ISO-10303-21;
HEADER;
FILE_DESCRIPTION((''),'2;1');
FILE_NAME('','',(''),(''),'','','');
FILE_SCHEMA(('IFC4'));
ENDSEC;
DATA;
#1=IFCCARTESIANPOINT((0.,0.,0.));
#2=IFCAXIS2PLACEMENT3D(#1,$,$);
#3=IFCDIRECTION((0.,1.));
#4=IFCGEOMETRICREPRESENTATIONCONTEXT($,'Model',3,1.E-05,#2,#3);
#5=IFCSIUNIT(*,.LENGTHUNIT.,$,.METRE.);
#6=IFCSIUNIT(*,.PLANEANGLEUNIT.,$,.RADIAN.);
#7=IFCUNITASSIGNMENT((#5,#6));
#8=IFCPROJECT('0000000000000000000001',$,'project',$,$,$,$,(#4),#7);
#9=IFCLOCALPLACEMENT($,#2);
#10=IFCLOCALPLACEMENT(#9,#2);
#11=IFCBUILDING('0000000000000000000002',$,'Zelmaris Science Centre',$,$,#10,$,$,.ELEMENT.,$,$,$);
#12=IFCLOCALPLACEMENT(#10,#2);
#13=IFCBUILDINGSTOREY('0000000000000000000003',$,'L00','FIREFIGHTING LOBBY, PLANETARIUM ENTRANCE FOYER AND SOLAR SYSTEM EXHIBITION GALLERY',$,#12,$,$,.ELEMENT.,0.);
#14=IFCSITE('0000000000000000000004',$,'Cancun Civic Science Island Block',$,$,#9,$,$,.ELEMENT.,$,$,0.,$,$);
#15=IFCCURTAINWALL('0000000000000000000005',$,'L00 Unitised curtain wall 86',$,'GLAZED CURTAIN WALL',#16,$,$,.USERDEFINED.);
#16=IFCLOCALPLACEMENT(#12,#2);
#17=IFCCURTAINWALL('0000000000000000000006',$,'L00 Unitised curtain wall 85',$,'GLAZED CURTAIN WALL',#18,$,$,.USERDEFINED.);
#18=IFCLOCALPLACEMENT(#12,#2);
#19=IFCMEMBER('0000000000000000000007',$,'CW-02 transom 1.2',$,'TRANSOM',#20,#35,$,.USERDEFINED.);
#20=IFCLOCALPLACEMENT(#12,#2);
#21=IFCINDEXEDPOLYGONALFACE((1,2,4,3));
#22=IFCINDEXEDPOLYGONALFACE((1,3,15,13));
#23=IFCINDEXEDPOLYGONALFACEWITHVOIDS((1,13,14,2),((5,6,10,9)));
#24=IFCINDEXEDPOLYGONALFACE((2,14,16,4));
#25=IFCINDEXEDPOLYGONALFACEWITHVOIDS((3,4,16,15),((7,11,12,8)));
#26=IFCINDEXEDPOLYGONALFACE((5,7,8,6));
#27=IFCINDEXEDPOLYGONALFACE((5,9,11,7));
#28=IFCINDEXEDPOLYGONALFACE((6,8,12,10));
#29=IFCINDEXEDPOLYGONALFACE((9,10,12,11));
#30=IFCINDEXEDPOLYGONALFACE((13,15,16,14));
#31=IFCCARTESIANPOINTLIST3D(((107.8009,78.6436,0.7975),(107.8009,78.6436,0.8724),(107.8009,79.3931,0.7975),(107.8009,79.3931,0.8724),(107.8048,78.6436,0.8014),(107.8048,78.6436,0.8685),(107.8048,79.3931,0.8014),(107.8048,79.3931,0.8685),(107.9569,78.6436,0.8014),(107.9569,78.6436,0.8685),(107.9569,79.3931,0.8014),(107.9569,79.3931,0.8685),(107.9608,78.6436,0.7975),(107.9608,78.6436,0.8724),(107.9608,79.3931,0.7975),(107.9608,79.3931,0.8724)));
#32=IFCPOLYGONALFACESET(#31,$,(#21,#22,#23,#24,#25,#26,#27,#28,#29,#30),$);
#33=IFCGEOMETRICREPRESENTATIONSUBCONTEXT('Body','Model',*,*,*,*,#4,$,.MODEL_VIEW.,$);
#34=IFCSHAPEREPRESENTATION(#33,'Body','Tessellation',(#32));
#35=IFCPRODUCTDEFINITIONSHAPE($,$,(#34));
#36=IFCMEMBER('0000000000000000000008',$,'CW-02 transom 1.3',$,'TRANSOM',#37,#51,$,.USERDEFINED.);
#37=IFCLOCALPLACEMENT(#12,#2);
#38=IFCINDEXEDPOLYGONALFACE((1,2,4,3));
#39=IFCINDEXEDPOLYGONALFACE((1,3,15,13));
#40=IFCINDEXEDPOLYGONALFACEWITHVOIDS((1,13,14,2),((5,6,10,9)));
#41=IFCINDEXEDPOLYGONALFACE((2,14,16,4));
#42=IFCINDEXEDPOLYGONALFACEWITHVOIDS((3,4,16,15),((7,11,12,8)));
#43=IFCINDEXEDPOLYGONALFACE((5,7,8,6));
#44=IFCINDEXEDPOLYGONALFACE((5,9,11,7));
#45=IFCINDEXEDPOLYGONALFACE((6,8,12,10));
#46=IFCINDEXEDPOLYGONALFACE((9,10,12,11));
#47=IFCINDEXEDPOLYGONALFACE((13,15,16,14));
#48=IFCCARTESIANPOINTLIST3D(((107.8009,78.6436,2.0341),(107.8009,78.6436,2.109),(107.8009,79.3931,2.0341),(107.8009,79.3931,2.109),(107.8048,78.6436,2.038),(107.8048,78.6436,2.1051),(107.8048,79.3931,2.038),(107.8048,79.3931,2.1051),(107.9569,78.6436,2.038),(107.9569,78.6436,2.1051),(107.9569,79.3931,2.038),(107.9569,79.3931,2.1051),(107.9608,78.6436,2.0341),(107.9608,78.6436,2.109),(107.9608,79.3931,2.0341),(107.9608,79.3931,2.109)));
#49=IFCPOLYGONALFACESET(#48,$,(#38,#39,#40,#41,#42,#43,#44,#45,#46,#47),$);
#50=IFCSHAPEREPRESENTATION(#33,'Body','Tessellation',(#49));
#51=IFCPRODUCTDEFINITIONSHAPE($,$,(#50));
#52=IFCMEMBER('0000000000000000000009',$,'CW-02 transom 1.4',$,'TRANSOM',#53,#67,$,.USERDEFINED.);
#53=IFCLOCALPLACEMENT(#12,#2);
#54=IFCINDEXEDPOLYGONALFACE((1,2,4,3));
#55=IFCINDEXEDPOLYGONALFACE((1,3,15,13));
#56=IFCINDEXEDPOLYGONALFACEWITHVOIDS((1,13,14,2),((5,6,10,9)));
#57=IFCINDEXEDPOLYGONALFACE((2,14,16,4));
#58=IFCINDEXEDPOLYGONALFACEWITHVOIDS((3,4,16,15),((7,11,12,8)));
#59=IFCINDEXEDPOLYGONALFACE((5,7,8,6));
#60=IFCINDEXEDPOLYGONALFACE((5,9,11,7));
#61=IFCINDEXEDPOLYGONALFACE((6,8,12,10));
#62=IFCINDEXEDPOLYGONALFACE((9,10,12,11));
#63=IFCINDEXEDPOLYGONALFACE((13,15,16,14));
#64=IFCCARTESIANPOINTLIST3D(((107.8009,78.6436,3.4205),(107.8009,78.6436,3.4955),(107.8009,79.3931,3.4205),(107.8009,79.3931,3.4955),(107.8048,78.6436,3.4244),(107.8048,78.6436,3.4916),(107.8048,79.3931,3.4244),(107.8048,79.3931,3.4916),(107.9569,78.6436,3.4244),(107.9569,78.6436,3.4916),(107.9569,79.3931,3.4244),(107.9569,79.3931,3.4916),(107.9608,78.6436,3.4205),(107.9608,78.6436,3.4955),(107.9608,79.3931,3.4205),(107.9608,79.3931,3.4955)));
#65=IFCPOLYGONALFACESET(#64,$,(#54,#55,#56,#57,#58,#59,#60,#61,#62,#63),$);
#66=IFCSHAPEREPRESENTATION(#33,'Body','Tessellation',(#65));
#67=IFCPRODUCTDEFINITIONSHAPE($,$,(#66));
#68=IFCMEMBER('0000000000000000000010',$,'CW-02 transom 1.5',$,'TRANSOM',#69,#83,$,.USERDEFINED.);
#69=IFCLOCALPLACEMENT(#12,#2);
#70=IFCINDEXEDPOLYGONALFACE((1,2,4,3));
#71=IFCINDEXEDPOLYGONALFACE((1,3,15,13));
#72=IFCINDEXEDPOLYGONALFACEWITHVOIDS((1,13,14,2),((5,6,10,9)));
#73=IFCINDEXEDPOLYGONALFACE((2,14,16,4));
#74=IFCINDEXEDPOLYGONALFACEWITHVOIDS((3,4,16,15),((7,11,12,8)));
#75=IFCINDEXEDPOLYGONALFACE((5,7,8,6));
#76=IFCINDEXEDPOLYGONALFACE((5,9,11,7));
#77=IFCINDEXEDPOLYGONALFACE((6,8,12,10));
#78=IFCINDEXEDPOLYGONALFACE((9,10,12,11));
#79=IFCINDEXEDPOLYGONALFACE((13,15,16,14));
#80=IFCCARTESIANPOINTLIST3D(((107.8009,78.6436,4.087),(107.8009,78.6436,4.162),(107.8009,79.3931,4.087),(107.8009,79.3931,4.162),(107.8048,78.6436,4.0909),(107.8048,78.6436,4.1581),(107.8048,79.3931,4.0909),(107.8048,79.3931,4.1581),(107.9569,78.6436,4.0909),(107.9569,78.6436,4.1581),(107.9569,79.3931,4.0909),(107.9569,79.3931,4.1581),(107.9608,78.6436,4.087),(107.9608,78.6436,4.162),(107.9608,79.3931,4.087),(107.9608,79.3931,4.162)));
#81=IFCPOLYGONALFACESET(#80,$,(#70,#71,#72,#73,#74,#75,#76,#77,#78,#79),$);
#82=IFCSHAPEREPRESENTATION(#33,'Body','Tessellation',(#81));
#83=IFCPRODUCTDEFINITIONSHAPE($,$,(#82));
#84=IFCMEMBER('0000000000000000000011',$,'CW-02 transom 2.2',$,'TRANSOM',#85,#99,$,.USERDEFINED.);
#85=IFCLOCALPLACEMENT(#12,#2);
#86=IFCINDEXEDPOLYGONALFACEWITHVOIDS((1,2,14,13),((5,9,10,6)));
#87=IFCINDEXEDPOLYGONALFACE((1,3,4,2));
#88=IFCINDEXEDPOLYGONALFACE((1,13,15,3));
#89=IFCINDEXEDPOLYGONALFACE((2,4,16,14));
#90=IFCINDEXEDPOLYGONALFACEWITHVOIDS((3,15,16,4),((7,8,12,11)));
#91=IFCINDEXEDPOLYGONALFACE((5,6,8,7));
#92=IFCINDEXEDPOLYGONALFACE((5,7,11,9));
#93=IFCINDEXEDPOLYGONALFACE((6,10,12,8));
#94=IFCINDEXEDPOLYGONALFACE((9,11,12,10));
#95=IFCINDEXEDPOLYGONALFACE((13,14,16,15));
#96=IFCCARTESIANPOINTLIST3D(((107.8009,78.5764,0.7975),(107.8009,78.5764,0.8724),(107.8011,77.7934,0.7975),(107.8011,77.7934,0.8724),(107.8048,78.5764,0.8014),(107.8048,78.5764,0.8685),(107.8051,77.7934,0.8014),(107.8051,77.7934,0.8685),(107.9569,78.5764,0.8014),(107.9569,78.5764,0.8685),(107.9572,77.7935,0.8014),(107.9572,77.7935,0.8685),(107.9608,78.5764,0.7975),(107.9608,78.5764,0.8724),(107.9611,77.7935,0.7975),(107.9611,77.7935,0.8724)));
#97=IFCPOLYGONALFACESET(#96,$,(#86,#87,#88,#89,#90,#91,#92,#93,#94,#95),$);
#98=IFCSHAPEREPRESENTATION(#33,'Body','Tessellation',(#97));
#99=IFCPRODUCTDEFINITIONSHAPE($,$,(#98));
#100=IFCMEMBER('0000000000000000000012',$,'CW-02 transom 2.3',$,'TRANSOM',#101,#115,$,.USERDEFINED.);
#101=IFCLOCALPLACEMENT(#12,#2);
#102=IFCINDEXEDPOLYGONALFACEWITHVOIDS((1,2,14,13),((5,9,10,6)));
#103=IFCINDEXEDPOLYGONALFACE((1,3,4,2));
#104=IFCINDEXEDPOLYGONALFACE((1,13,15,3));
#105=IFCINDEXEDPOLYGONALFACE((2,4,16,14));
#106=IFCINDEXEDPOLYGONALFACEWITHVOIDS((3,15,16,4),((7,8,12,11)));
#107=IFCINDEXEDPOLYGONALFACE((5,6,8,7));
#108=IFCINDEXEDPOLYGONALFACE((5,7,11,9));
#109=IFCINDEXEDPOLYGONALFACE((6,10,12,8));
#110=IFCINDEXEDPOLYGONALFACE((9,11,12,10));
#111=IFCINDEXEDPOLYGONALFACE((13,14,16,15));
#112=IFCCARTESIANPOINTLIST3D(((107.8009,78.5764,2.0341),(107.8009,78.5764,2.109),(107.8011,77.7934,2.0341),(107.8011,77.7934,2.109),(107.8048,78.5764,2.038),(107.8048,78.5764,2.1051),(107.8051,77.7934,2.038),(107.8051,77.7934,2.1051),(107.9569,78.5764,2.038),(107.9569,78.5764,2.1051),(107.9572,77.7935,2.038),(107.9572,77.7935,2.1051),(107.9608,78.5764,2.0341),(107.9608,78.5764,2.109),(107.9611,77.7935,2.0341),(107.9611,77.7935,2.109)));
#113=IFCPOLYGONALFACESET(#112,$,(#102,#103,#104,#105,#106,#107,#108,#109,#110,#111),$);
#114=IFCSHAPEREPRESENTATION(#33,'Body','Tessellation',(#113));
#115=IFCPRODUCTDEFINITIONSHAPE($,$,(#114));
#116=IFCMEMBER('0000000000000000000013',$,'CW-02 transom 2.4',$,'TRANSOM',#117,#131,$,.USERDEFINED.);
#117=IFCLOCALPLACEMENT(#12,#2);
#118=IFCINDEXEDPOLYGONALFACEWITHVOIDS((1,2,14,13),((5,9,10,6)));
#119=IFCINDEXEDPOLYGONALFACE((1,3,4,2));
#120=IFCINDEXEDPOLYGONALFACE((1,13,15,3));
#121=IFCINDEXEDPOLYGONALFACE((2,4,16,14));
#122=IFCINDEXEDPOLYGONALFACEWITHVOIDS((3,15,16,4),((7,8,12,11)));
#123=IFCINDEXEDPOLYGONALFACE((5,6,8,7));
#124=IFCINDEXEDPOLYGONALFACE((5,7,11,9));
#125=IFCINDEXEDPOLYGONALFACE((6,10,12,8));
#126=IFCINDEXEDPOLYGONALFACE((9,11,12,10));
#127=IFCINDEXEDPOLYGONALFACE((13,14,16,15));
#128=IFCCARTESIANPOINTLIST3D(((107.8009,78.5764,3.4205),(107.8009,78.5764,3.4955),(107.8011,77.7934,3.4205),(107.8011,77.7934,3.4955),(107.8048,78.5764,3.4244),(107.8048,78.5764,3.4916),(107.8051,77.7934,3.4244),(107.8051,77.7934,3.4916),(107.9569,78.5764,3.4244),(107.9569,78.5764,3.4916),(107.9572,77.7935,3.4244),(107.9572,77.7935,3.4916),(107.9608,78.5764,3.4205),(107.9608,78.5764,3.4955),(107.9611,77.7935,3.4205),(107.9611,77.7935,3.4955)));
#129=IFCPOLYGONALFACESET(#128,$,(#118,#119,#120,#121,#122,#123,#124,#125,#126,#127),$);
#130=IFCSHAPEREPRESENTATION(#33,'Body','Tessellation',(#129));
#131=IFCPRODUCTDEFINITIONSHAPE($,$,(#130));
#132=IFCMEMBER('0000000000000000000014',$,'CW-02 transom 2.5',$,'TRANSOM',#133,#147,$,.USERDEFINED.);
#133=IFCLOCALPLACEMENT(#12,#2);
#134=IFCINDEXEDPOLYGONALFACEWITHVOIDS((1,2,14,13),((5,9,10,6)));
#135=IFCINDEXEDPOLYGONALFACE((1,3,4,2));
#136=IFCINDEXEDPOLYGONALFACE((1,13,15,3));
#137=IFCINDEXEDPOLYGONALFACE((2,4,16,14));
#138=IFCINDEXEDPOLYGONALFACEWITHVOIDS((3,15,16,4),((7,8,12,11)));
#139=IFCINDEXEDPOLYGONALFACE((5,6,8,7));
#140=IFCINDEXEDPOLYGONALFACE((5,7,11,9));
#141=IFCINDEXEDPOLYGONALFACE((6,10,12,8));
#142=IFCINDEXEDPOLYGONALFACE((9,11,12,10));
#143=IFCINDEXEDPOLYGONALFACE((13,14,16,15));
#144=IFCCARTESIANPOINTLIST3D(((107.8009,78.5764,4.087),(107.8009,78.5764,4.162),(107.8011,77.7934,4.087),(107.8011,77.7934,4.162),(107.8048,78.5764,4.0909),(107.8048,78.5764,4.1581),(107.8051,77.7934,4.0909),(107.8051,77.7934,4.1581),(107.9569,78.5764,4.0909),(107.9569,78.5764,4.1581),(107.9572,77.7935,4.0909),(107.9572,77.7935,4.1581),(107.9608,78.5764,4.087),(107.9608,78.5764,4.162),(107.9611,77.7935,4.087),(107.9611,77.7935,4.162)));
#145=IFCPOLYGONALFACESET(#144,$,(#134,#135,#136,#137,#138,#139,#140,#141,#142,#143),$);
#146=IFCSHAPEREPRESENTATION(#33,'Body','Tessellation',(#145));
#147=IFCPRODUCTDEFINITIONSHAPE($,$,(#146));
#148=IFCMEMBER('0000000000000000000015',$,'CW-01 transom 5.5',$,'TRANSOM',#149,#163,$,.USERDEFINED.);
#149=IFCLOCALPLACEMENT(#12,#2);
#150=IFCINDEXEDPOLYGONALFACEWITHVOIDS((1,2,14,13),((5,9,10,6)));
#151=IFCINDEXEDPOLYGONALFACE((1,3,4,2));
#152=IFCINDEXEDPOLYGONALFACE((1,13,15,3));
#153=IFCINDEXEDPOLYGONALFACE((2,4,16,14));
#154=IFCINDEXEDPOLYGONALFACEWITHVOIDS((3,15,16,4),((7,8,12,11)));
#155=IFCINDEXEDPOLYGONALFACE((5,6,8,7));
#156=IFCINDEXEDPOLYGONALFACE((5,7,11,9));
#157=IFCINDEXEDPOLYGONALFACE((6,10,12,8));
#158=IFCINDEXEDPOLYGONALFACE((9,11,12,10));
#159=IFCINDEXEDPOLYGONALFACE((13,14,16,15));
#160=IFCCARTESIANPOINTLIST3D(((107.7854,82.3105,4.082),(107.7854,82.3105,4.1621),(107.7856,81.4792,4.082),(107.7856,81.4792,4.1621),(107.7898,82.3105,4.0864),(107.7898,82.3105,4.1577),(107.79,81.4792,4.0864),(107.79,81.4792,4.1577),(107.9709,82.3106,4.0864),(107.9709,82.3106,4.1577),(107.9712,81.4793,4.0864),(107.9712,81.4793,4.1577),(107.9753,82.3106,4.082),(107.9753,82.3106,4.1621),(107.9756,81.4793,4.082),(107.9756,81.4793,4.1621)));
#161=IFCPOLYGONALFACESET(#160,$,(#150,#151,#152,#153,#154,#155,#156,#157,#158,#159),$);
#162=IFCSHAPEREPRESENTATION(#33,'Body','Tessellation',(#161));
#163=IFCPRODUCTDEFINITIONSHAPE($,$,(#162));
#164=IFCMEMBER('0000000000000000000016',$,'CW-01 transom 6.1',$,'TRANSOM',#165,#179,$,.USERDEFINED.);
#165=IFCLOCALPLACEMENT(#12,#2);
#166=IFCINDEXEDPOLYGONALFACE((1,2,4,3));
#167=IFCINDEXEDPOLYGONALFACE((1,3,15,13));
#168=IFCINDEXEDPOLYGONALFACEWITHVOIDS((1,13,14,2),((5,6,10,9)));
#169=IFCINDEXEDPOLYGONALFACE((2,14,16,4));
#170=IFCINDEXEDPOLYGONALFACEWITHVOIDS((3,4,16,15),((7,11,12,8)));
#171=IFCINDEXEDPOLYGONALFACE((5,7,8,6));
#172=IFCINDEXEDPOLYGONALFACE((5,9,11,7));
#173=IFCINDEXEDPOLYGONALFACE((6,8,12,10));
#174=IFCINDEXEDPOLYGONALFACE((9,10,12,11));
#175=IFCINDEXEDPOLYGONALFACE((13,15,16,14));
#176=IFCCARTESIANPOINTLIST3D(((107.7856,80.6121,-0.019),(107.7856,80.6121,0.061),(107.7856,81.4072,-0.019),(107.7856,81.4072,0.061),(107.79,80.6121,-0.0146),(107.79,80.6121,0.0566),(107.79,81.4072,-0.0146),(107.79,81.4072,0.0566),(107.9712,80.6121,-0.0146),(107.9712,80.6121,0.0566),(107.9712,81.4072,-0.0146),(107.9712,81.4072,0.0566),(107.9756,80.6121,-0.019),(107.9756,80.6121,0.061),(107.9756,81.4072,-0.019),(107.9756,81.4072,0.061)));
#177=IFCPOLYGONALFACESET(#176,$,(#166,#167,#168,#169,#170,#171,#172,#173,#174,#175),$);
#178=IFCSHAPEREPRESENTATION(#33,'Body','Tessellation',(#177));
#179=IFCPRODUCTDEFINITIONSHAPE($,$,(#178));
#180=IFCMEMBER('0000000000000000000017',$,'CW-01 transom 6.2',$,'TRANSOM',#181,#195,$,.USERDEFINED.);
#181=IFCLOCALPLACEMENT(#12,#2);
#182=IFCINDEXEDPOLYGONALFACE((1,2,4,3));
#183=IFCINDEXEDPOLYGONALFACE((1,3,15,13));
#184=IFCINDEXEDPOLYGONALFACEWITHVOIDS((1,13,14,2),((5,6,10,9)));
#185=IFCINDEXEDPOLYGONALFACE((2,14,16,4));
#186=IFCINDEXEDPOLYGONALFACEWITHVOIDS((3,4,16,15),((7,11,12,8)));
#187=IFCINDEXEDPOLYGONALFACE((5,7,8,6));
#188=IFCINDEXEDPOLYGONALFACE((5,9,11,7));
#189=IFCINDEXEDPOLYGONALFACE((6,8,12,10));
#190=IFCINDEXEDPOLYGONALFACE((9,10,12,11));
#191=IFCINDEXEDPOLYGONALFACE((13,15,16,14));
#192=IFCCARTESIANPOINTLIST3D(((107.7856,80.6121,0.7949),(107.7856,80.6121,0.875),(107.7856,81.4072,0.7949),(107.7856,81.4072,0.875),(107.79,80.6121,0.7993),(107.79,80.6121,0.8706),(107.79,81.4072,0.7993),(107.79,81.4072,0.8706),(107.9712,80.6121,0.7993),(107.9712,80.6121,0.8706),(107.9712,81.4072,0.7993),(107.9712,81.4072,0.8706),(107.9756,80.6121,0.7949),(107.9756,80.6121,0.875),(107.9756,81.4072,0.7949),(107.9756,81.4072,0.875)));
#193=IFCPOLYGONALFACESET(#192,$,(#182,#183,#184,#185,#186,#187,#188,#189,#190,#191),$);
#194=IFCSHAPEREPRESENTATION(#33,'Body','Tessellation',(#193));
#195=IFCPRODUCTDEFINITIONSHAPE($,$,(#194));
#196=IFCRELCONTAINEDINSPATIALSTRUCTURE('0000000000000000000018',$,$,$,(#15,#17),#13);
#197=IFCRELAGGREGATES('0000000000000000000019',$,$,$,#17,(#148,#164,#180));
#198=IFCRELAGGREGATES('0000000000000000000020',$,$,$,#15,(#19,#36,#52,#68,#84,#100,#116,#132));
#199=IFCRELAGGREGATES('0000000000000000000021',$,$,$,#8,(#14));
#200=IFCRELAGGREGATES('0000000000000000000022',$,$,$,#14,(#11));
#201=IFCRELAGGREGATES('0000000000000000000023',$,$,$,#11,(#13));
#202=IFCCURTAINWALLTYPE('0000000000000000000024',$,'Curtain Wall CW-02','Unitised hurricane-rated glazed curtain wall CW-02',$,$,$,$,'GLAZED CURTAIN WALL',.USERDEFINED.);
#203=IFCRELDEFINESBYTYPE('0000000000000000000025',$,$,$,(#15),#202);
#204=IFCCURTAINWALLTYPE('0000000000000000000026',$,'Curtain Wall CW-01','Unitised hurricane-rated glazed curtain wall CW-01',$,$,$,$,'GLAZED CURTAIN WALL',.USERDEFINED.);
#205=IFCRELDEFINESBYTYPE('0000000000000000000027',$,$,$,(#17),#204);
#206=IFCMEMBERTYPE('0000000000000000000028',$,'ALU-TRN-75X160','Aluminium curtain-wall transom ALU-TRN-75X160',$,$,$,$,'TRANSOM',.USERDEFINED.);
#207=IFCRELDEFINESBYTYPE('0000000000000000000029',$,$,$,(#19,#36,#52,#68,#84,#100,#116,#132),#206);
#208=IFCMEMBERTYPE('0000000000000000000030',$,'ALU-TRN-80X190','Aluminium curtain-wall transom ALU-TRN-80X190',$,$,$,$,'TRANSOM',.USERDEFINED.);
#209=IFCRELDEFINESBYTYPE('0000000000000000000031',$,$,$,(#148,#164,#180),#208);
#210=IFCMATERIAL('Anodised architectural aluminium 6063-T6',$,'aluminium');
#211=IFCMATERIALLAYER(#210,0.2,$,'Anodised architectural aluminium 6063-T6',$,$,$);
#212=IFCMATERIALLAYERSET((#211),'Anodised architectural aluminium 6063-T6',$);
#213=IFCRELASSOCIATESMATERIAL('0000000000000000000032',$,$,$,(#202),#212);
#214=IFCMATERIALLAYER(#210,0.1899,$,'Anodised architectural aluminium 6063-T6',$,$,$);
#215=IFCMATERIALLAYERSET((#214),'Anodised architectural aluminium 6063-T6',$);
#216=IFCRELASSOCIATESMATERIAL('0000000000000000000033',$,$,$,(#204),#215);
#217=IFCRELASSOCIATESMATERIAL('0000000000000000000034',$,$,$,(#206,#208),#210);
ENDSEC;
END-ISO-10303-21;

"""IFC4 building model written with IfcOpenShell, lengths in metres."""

from ifc_helpers import new_model, si_unit, direction, frame, origin, origin_2d, place, context, subcontext, project, spatial, hollow_rectangle, extrude, material, layer, layer_set, material_profile, profile_set, type_object, element, aggregate, save


model = new_model("IFC4")

# Units and contexts
model_context = context("Model", 3, precision=1e-05, world=origin(), true_north=direction((0.0, 1.0)))
body_context = subcontext(model_context, "Body", "Model", "MODEL_VIEW")
ifc_project = project(units=[si_unit("LENGTHUNIT", "METRE"), si_unit("PLANEANGLEUNIT", "RADIAN")], contexts=[model_context])

# Site, building, storey
site_placement = place(None, origin())
site = spatial("IfcSite", under=ifc_project, at=site_placement, Name="Cancun Civic Science Island Block", CompositionType="ELEMENT", RefElevation=0.0)
building_placement = place(site_placement, origin())
building = spatial("IfcBuilding", under=site, at=building_placement, Name="Zelmaris Science Centre", CompositionType="ELEMENT")
storey_placement = place(building_placement, origin())
storey = spatial("IfcBuildingStorey", under=building, at=storey_placement, Name="L00", Description="FIREFIGHTING LOBBY, PLANETARIUM ENTRANCE FOYER AND SOLAR SYSTEM EXHIBITION GALLERY", CompositionType="ELEMENT", Elevation=0.0)

# Curtain walls
ifc_material_1 = material(Name="Anodised architectural aluminium 6063-T6", Category="aluminium")
ifc_layer_1 = layer(ifc_material_1, 0.2, Name="Anodised architectural aluminium 6063-T6")
ifc_layer_set_1 = layer_set([ifc_layer_1], Name="Anodised architectural aluminium 6063-T6")
curtain_wall_type_1 = type_object("IfcCurtainWallType", Name="Curtain Wall CW-02", Description="Unitised hurricane-rated glazed curtain wall CW-02", ElementType="GLAZED CURTAIN WALL", PredefinedType="USERDEFINED", material=ifc_layer_set_1)
curtain_wall_1_placement = place(storey_placement, origin())
curtain_wall_1 = element("IfcCurtainWall", 1, at=curtain_wall_1_placement, inside=storey, type_object=curtain_wall_type_1, Name="L00 Unitised curtain wall 86", ObjectType="GLAZED CURTAIN WALL", PredefinedType="USERDEFINED")
ifc_layer_2 = layer(ifc_material_1, 0.1899, Name="Anodised architectural aluminium 6063-T6")
ifc_layer_set_2 = layer_set([ifc_layer_2], Name="Anodised architectural aluminium 6063-T6")
curtain_wall_type_2 = type_object("IfcCurtainWallType", Name="Curtain Wall CW-01", Description="Unitised hurricane-rated glazed curtain wall CW-01", ElementType="GLAZED CURTAIN WALL", PredefinedType="USERDEFINED", material=ifc_layer_set_2)
curtain_wall_2_placement = place(storey_placement, origin())
curtain_wall_2 = element("IfcCurtainWall", 2, at=curtain_wall_2_placement, inside=storey, type_object=curtain_wall_type_2, Name="L00 Unitised curtain wall 85", ObjectType="GLAZED CURTAIN WALL", PredefinedType="USERDEFINED")

# Members
ifc_material_profile_1 = material_profile(ifc_material_1, hollow_rectangle(XDim=0.075, YDim=0.1599, WallThickness=0.0039, at=origin_2d()), Name="ALU-TRN-75X160")
ifc_profile_set_1 = profile_set([ifc_material_profile_1], Name="Anodised architectural aluminium 6063-T6")
member_type_1 = type_object("IfcMemberType", Name="ALU-TRN-75X160", Description="Aluminium curtain-wall transom ALU-TRN-75X160", ElementType="TRANSOM", PredefinedType="USERDEFINED", material=ifc_profile_set_1)
member_1_placement = place(storey_placement, frame((107.8809, 79.3931, 0.835), z_axis=(0.0, -1.0, 0.0), x_axis=(0.0, 0.0, 1.0)))
member_1 = element("IfcMember", 3, at=member_1_placement, type_object=member_type_1, Name="CW-02 transom 1.2", ObjectType="TRANSOM", PredefinedType="USERDEFINED", context=body_context, shape_type="SweptSolid", body=[
    extrude(hollow_rectangle(XDim=0.075, YDim=0.1599, WallThickness=0.0039, at=origin_2d()), origin(), (0.0, 0.0, 1.0), 0.7495),
])
member_2_placement = place(storey_placement, frame((107.8809, 79.3931, 2.0715), z_axis=(0.0, -1.0, 0.0), x_axis=(0.0, 0.0, 1.0)))
member_2 = element("IfcMember", 4, at=member_2_placement, type_object=member_type_1, Name="CW-02 transom 1.3", ObjectType="TRANSOM", PredefinedType="USERDEFINED", context=body_context, shape_type="SweptSolid", body=[
    extrude(hollow_rectangle(XDim=0.075, YDim=0.1599, WallThickness=0.0039, at=origin_2d()), origin(), (0.0, 0.0, 1.0), 0.7495),
])
member_3_placement = place(storey_placement, frame((107.8809, 79.3931, 3.458), z_axis=(0.0, -1.0, 0.0), x_axis=(0.0, 0.0, 1.0)))
member_3 = element("IfcMember", 5, at=member_3_placement, type_object=member_type_1, Name="CW-02 transom 1.4", ObjectType="TRANSOM", PredefinedType="USERDEFINED", context=body_context, shape_type="SweptSolid", body=[
    extrude(hollow_rectangle(XDim=0.075, YDim=0.1599, WallThickness=0.0039, at=origin_2d()), origin(), (0.0, 0.0, 1.0), 0.7495),
])
member_4_placement = place(storey_placement, frame((107.8809, 79.3931, 4.1245), z_axis=(0.0, -1.0, 0.0), x_axis=(0.0, 0.0, 1.0)))
member_4 = element("IfcMember", 6, at=member_4_placement, type_object=member_type_1, Name="CW-02 transom 1.5", ObjectType="TRANSOM", PredefinedType="USERDEFINED", context=body_context, shape_type="SweptSolid", body=[
    extrude(hollow_rectangle(XDim=0.075, YDim=0.1599, WallThickness=0.0039, at=origin_2d()), origin(), (0.0, 0.0, 1.0), 0.7495),
])
member_5_placement = place(storey_placement, frame((107.8809, 78.5764, 0.835), z_axis=(0.000312, -1.0, 0.0), x_axis=(0.0, 0.0, 1.0)))
member_5 = element("IfcMember", 7, at=member_5_placement, type_object=member_type_1, Name="CW-02 transom 2.2", ObjectType="TRANSOM", PredefinedType="USERDEFINED", context=body_context, shape_type="SweptSolid", body=[
    extrude(hollow_rectangle(XDim=0.075, YDim=0.1599, WallThickness=0.0039, at=origin_2d()), origin(), (0.0, 0.0, 1.0), 0.783),
])
member_6_placement = place(storey_placement, frame((107.8809, 78.5764, 2.0715), z_axis=(0.000312, -1.0, 0.0), x_axis=(0.0, 0.0, 1.0)))
member_6 = element("IfcMember", 8, at=member_6_placement, type_object=member_type_1, Name="CW-02 transom 2.3", ObjectType="TRANSOM", PredefinedType="USERDEFINED", context=body_context, shape_type="SweptSolid", body=[
    extrude(hollow_rectangle(XDim=0.075, YDim=0.1599, WallThickness=0.0039, at=origin_2d()), origin(), (0.0, 0.0, 1.0), 0.783),
])
member_7_placement = place(storey_placement, frame((107.8809, 78.5764, 3.458), z_axis=(0.000312, -1.0, 0.0), x_axis=(0.0, 0.0, 1.0)))
member_7 = element("IfcMember", 9, at=member_7_placement, type_object=member_type_1, Name="CW-02 transom 2.4", ObjectType="TRANSOM", PredefinedType="USERDEFINED", context=body_context, shape_type="SweptSolid", body=[
    extrude(hollow_rectangle(XDim=0.075, YDim=0.1599, WallThickness=0.0039, at=origin_2d()), origin(), (0.0, 0.0, 1.0), 0.783),
])
member_8_placement = place(storey_placement, frame((107.8809, 78.5764, 4.1245), z_axis=(0.000312, -1.0, 0.0), x_axis=(0.0, 0.0, 1.0)))
member_8 = element("IfcMember", 10, at=member_8_placement, type_object=member_type_1, Name="CW-02 transom 2.5", ObjectType="TRANSOM", PredefinedType="USERDEFINED", context=body_context, shape_type="SweptSolid", body=[
    extrude(hollow_rectangle(XDim=0.075, YDim=0.1599, WallThickness=0.0039, at=origin_2d()), origin(), (0.0, 0.0, 1.0), 0.783),
])
ifc_material_profile_2 = material_profile(ifc_material_1, hollow_rectangle(XDim=0.0801, YDim=0.1899, WallThickness=0.0044, at=origin_2d()), Name="ALU-TRN-80X190")
ifc_profile_set_2 = profile_set([ifc_material_profile_2], Name="Anodised architectural aluminium 6063-T6")
member_type_2 = type_object("IfcMemberType", Name="ALU-TRN-80X190", Description="Aluminium curtain-wall transom ALU-TRN-80X190", ElementType="TRANSOM", PredefinedType="USERDEFINED", material=ifc_profile_set_2)
member_9_placement = place(storey_placement, frame((107.8804, 82.3105, 4.1221), z_axis=(0.000294, -1.0, 0.0), x_axis=(0.0, 0.0, 1.0)))
member_9 = element("IfcMember", 11, at=member_9_placement, type_object=member_type_2, Name="CW-01 transom 5.5", ObjectType="TRANSOM", PredefinedType="USERDEFINED", context=body_context, shape_type="SweptSolid", body=[
    extrude(hollow_rectangle(XDim=0.0801, YDim=0.1899, WallThickness=0.0044, at=origin_2d()), origin(), (0.0, 0.0, 1.0), 0.8313),
])
member_10_placement = place(storey_placement, frame((107.8806, 81.4072, 0.021), z_axis=(0.0, -1.0, 0.0), x_axis=(0.0, 0.0, 1.0)))
member_10 = element("IfcMember", 12, at=member_10_placement, type_object=member_type_2, Name="CW-01 transom 6.1", ObjectType="TRANSOM", PredefinedType="USERDEFINED", context=body_context, shape_type="SweptSolid", body=[
    extrude(hollow_rectangle(XDim=0.0801, YDim=0.1899, WallThickness=0.0044, at=origin_2d()), origin(), (0.0, 0.0, 1.0), 0.7952),
])
member_11_placement = place(storey_placement, frame((107.8806, 81.4072, 0.835), z_axis=(0.0, -1.0, 0.0), x_axis=(0.0, 0.0, 1.0)))
member_11 = element("IfcMember", 13, at=member_11_placement, type_object=member_type_2, Name="CW-01 transom 6.2", ObjectType="TRANSOM", PredefinedType="USERDEFINED", context=body_context, shape_type="SweptSolid", body=[
    extrude(hollow_rectangle(XDim=0.0801, YDim=0.1899, WallThickness=0.0044, at=origin_2d()), origin(), (0.0, 0.0, 1.0), 0.7952),
])

aggregate(curtain_wall_2, [member_9, member_10, member_11])
aggregate(curtain_wall_1, [member_1, member_2, member_3, member_4, member_5, member_6, member_7, member_8])

save(model, "model.ifc")
